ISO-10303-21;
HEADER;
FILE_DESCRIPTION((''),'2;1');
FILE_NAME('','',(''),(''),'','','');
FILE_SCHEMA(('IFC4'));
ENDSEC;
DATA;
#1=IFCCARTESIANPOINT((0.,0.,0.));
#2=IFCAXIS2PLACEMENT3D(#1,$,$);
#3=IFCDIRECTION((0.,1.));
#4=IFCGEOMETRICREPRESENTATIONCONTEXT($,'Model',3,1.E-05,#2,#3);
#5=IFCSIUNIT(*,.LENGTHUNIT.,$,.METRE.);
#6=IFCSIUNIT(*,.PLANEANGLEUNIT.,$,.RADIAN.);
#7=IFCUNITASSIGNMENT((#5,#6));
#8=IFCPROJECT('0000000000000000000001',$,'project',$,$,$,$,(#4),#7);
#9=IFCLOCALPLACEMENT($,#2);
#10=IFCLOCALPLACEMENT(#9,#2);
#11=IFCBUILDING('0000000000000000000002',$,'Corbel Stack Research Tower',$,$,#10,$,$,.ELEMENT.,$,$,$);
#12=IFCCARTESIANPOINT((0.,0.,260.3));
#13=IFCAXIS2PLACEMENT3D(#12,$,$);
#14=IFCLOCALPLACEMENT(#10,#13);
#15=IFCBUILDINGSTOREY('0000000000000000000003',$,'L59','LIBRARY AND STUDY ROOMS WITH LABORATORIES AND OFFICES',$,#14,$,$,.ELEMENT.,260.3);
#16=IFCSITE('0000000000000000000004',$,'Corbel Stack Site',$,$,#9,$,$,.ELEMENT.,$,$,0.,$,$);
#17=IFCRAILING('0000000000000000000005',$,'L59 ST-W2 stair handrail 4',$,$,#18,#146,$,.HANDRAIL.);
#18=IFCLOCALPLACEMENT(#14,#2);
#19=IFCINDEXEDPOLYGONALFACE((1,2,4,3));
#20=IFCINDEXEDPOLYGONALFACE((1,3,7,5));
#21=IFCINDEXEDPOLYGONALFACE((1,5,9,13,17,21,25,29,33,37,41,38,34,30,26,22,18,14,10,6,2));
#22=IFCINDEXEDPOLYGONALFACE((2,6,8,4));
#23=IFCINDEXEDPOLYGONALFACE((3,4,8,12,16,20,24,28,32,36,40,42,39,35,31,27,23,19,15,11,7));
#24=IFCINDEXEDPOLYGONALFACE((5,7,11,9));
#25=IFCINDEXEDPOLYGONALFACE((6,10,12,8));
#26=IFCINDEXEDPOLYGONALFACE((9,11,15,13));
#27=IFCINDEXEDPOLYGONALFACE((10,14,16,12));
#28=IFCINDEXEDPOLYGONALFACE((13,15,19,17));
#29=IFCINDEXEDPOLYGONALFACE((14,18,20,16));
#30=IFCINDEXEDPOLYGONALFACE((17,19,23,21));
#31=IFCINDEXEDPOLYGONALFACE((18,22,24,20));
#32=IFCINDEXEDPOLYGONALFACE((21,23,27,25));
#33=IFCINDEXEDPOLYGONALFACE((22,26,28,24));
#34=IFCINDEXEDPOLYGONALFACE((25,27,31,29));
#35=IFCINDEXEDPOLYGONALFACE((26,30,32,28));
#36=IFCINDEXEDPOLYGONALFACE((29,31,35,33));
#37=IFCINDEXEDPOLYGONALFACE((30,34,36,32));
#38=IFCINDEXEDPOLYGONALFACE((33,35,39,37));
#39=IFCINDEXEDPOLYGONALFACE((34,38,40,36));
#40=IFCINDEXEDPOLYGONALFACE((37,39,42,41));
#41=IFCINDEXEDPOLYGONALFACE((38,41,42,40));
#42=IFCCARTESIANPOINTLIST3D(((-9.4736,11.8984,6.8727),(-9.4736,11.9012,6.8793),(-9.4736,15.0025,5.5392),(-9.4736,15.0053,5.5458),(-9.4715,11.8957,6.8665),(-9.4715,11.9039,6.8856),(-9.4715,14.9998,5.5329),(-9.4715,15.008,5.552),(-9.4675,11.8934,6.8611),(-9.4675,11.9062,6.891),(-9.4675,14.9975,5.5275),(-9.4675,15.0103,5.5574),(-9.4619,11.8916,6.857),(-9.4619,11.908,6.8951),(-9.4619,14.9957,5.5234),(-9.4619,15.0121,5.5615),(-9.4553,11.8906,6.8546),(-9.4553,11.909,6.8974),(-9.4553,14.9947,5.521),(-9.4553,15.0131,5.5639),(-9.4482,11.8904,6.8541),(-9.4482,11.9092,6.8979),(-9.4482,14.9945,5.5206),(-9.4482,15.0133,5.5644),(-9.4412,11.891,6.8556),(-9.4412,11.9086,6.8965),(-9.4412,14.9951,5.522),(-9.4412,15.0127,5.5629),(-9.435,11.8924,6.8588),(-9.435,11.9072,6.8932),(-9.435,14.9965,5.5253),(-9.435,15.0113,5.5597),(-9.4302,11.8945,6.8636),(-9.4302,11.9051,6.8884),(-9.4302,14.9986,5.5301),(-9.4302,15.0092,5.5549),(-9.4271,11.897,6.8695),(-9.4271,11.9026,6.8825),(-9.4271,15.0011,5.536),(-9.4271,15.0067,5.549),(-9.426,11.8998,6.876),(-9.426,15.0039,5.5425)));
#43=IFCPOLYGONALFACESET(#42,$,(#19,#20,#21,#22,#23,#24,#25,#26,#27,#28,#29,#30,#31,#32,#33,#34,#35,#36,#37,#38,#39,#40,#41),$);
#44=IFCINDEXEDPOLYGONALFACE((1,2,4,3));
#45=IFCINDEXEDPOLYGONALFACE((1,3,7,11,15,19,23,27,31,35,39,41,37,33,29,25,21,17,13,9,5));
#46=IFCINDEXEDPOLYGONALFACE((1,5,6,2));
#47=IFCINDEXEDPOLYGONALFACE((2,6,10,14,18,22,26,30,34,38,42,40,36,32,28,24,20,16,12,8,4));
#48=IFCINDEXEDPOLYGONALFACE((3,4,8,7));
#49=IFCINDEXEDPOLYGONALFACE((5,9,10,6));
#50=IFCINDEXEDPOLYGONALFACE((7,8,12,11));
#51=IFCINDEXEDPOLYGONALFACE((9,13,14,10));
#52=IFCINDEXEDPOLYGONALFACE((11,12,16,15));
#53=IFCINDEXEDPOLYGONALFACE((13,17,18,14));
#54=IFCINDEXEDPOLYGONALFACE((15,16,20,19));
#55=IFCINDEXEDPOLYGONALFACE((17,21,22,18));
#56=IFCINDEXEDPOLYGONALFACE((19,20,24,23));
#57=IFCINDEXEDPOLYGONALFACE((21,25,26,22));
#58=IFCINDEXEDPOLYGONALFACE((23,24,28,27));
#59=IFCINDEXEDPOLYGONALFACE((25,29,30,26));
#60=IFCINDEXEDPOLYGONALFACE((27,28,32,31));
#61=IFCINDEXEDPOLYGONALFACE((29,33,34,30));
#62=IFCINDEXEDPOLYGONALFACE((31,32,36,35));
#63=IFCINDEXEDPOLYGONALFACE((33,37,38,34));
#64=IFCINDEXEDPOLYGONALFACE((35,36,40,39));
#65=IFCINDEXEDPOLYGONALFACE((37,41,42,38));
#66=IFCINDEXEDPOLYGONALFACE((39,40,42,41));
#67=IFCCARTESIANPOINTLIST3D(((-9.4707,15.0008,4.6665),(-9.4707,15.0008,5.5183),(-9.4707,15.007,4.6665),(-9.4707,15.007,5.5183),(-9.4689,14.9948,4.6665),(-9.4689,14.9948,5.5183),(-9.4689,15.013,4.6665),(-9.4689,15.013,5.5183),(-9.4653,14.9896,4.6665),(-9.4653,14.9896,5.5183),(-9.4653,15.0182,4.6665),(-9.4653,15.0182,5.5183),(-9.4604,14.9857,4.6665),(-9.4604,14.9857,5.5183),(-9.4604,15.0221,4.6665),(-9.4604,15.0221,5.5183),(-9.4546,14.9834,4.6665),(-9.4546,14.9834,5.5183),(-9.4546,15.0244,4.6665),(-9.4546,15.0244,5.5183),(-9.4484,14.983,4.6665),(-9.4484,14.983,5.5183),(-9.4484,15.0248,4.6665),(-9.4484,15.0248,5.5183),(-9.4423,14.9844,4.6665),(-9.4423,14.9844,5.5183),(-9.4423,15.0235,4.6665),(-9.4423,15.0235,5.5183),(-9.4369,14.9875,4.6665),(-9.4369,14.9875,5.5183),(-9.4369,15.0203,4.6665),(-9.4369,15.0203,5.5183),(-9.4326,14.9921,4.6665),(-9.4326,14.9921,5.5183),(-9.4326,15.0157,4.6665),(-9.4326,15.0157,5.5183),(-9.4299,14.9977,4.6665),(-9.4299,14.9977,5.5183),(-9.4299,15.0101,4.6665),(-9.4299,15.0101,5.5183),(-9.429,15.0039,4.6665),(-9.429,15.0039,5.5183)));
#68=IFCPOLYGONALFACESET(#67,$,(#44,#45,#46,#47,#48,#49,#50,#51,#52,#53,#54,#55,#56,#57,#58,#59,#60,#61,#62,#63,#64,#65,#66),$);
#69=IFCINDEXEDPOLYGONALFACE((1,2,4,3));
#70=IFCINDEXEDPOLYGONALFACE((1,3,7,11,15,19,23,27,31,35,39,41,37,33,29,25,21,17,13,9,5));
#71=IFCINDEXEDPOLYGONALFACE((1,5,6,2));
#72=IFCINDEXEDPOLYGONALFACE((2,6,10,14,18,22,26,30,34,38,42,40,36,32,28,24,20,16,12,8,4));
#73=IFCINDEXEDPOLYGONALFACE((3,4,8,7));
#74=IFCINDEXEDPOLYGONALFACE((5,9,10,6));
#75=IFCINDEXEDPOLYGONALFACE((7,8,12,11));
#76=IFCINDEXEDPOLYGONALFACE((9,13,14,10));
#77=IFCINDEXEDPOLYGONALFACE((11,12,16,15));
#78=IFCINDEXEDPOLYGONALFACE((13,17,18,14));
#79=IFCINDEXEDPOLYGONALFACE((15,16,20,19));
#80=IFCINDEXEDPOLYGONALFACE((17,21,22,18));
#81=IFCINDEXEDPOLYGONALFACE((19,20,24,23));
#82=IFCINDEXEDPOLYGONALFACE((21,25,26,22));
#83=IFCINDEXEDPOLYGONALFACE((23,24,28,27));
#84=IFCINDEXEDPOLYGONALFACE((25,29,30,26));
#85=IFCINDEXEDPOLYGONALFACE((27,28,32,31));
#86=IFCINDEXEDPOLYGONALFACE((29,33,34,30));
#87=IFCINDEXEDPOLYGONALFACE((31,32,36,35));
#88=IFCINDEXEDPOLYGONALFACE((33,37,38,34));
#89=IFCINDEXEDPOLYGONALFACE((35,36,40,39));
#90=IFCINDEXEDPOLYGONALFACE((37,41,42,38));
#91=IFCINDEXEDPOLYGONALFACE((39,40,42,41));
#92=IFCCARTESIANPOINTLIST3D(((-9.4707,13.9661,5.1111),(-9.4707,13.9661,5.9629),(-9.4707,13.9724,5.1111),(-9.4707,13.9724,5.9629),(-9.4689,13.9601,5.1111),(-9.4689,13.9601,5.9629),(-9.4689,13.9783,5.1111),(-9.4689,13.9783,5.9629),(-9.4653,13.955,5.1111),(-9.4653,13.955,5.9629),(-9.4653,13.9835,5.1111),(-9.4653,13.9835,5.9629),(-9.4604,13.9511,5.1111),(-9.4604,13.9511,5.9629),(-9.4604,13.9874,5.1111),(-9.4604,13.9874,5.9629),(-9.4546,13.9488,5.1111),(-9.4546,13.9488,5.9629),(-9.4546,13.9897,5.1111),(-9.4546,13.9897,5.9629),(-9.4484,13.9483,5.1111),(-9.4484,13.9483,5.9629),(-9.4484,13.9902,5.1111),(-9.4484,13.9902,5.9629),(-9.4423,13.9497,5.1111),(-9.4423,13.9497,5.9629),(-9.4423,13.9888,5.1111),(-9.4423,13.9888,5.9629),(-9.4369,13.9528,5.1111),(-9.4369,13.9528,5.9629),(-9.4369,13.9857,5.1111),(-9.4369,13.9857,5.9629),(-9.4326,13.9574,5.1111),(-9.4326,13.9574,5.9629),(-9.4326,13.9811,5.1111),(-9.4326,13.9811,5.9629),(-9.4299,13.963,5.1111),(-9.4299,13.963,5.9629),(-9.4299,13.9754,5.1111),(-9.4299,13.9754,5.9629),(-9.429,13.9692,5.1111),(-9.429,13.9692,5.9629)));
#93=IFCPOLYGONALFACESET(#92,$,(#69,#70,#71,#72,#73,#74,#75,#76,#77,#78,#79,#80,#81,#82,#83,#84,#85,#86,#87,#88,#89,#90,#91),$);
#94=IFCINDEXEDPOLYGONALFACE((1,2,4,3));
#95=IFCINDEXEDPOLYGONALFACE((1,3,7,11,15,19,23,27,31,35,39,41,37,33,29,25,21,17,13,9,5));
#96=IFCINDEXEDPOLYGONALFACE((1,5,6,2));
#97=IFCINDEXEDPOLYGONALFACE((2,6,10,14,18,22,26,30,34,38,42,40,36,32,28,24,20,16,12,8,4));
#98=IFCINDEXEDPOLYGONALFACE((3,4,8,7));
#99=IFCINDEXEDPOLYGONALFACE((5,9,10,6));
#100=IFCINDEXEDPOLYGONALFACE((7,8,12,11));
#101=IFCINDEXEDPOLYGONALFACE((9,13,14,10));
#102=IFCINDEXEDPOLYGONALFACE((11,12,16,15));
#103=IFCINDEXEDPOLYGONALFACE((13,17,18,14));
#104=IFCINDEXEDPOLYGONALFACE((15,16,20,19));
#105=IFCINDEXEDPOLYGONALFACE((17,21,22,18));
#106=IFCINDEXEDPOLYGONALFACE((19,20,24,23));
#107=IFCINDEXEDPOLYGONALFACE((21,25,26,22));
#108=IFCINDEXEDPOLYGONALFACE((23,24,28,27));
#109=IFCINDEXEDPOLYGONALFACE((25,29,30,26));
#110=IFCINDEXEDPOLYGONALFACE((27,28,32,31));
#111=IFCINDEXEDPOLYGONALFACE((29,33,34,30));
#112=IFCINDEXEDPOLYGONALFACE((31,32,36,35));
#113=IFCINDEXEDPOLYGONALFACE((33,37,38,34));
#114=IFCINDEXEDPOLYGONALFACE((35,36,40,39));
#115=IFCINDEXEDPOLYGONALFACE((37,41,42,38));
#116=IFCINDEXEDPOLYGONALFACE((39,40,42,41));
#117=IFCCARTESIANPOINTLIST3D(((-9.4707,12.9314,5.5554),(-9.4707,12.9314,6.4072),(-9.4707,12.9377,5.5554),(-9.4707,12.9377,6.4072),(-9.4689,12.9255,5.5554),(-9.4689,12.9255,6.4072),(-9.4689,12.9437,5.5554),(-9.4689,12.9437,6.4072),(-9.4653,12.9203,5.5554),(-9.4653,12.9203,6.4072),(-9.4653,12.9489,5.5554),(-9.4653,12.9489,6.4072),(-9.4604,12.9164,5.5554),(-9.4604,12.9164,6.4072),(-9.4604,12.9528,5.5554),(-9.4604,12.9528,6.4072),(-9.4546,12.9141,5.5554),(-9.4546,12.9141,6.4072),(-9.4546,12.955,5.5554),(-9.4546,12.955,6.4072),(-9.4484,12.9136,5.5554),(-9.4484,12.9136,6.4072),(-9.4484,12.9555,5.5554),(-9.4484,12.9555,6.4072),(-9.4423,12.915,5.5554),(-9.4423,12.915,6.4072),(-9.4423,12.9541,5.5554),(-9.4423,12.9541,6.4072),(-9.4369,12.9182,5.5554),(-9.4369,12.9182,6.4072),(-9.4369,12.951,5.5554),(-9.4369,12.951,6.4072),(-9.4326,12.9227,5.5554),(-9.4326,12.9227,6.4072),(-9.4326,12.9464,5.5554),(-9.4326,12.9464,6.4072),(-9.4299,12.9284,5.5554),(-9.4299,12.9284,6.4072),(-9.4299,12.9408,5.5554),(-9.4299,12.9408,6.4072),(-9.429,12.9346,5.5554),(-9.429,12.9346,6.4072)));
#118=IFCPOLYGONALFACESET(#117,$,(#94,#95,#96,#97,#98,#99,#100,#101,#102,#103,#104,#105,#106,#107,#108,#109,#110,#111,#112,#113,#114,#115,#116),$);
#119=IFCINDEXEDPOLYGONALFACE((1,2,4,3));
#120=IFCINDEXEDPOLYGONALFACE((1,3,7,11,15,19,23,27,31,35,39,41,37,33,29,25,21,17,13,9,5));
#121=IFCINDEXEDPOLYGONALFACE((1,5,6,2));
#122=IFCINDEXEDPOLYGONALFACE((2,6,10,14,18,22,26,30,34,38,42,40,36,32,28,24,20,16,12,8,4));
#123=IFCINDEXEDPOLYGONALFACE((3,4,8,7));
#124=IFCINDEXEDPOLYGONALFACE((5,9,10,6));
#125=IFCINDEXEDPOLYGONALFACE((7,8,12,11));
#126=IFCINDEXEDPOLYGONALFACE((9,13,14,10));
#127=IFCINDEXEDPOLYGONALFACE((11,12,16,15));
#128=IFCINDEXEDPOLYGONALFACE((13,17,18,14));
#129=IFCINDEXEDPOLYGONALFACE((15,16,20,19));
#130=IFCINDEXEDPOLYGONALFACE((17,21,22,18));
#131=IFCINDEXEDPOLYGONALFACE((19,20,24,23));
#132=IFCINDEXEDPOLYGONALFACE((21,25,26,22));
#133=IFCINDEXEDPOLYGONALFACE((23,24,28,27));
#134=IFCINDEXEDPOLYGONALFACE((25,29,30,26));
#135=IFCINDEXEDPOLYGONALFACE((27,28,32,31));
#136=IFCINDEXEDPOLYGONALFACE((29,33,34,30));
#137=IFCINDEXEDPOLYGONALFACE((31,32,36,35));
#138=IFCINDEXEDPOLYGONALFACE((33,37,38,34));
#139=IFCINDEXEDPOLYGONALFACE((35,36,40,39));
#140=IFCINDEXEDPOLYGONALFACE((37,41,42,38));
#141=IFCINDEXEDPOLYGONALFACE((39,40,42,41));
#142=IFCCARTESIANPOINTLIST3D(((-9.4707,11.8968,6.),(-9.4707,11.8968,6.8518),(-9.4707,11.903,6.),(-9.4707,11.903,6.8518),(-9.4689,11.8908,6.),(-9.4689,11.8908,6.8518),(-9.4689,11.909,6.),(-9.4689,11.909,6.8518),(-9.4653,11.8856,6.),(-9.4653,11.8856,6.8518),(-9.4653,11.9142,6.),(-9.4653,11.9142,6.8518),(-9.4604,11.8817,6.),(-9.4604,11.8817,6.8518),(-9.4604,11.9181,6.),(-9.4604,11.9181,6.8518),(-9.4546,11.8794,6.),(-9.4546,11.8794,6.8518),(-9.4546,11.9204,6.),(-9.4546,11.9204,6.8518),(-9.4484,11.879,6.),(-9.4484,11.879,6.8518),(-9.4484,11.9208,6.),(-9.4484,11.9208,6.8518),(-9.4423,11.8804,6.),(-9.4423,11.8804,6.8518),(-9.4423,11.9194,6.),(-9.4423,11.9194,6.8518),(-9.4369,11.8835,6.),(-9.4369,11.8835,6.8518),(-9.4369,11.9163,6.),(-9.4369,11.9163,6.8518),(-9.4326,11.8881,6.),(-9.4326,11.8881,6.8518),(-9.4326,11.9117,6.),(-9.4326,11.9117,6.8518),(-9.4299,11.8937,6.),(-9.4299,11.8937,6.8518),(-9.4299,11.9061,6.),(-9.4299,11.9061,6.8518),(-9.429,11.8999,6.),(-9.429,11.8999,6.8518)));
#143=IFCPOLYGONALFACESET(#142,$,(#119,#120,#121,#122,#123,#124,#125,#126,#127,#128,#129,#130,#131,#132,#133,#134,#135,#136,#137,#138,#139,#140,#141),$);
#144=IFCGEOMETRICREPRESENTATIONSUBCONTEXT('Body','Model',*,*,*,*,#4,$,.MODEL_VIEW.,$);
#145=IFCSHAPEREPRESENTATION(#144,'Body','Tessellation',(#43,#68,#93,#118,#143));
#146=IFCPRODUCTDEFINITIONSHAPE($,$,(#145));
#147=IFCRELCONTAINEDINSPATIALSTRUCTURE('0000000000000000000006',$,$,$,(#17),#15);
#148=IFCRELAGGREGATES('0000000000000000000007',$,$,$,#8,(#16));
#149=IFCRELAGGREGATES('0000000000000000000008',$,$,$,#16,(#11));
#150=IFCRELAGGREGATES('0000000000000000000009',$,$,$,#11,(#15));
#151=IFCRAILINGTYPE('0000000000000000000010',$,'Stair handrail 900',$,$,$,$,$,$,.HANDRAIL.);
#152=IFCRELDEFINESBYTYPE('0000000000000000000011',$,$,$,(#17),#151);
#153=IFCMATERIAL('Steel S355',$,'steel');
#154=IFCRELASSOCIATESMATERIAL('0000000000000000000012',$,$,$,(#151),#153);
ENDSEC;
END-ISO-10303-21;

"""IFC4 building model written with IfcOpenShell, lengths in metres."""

from ifc_helpers import new_model, si_unit, direction, frame, origin, origin_2d, place, context, subcontext, project, spatial, circle, extrude, material, type_object, element, save


model = new_model("IFC4")

# Units and contexts
model_context = context("Model", 3, precision=1e-05, world=origin(), true_north=direction((0.0, 1.0)))
body_context = subcontext(model_context, "Body", "Model", "MODEL_VIEW")
ifc_project = project(units=[si_unit("LENGTHUNIT", "METRE"), si_unit("PLANEANGLEUNIT", "RADIAN")], contexts=[model_context])

# Site, building, storey
site_placement = place(None, origin())
site = spatial("IfcSite", under=ifc_project, at=site_placement, Name="Corbel Stack Site", CompositionType="ELEMENT", RefElevation=0.0)
building_placement = place(site_placement, origin())
building = spatial("IfcBuilding", under=site, at=building_placement, Name="Corbel Stack Research Tower", CompositionType="ELEMENT")
storey_placement = place(building_placement, frame((0.0, 0.0, 260.3)))
storey = spatial("IfcBuildingStorey", under=building, at=storey_placement, Name="L59", Description="LIBRARY AND STUDY ROOMS WITH LABORATORIES AND OFFICES", CompositionType="ELEMENT", Elevation=260.3)

# Railing
ifc_material_1 = material(Name="Steel S355", Category="steel")
railing_type_1 = type_object("IfcRailingType", Name="Stair handrail 900", PredefinedType="HANDRAIL", material=ifc_material_1)
railing_1_placement = place(storey_placement, frame((-9.45, 15.0039, 4.6665)))
element("IfcRailing", 1, at=railing_1_placement, inside=storey, type_object=railing_type_1, Name="L59 ST-W2 stair handrail 4", PredefinedType="HANDRAIL", context=body_context, shape_type="SweptSolid", body=[
    extrude(circle(Radius=0.0239, at=origin_2d()), frame((0.0, 0.0, 0.876), z_axis=(0.0, -0.918801, 0.394722), x_axis=(1.0, 0.0, 0.0)), (0.0, 0.0, 1.0), 3.3784),
    extrude(circle(Radius=0.021, at=origin_2d()), origin(), (0.0, 0.0, 1.0), 0.8518),
    extrude(circle(Radius=0.021, at=origin_2d()), frame((0.0, -1.0347, 0.4446)), (0.0, 0.0, 1.0), 0.8518),
    extrude(circle(Radius=0.021, at=origin_2d()), frame((0.0, -2.0693, 0.8889)), (0.0, 0.0, 1.0), 0.8518),
    extrude(circle(Radius=0.021, at=origin_2d()), frame((0.0, -3.104, 1.3335)), (0.0, 0.0, 1.0), 0.8518),
])

save(model, "model.ifc")
